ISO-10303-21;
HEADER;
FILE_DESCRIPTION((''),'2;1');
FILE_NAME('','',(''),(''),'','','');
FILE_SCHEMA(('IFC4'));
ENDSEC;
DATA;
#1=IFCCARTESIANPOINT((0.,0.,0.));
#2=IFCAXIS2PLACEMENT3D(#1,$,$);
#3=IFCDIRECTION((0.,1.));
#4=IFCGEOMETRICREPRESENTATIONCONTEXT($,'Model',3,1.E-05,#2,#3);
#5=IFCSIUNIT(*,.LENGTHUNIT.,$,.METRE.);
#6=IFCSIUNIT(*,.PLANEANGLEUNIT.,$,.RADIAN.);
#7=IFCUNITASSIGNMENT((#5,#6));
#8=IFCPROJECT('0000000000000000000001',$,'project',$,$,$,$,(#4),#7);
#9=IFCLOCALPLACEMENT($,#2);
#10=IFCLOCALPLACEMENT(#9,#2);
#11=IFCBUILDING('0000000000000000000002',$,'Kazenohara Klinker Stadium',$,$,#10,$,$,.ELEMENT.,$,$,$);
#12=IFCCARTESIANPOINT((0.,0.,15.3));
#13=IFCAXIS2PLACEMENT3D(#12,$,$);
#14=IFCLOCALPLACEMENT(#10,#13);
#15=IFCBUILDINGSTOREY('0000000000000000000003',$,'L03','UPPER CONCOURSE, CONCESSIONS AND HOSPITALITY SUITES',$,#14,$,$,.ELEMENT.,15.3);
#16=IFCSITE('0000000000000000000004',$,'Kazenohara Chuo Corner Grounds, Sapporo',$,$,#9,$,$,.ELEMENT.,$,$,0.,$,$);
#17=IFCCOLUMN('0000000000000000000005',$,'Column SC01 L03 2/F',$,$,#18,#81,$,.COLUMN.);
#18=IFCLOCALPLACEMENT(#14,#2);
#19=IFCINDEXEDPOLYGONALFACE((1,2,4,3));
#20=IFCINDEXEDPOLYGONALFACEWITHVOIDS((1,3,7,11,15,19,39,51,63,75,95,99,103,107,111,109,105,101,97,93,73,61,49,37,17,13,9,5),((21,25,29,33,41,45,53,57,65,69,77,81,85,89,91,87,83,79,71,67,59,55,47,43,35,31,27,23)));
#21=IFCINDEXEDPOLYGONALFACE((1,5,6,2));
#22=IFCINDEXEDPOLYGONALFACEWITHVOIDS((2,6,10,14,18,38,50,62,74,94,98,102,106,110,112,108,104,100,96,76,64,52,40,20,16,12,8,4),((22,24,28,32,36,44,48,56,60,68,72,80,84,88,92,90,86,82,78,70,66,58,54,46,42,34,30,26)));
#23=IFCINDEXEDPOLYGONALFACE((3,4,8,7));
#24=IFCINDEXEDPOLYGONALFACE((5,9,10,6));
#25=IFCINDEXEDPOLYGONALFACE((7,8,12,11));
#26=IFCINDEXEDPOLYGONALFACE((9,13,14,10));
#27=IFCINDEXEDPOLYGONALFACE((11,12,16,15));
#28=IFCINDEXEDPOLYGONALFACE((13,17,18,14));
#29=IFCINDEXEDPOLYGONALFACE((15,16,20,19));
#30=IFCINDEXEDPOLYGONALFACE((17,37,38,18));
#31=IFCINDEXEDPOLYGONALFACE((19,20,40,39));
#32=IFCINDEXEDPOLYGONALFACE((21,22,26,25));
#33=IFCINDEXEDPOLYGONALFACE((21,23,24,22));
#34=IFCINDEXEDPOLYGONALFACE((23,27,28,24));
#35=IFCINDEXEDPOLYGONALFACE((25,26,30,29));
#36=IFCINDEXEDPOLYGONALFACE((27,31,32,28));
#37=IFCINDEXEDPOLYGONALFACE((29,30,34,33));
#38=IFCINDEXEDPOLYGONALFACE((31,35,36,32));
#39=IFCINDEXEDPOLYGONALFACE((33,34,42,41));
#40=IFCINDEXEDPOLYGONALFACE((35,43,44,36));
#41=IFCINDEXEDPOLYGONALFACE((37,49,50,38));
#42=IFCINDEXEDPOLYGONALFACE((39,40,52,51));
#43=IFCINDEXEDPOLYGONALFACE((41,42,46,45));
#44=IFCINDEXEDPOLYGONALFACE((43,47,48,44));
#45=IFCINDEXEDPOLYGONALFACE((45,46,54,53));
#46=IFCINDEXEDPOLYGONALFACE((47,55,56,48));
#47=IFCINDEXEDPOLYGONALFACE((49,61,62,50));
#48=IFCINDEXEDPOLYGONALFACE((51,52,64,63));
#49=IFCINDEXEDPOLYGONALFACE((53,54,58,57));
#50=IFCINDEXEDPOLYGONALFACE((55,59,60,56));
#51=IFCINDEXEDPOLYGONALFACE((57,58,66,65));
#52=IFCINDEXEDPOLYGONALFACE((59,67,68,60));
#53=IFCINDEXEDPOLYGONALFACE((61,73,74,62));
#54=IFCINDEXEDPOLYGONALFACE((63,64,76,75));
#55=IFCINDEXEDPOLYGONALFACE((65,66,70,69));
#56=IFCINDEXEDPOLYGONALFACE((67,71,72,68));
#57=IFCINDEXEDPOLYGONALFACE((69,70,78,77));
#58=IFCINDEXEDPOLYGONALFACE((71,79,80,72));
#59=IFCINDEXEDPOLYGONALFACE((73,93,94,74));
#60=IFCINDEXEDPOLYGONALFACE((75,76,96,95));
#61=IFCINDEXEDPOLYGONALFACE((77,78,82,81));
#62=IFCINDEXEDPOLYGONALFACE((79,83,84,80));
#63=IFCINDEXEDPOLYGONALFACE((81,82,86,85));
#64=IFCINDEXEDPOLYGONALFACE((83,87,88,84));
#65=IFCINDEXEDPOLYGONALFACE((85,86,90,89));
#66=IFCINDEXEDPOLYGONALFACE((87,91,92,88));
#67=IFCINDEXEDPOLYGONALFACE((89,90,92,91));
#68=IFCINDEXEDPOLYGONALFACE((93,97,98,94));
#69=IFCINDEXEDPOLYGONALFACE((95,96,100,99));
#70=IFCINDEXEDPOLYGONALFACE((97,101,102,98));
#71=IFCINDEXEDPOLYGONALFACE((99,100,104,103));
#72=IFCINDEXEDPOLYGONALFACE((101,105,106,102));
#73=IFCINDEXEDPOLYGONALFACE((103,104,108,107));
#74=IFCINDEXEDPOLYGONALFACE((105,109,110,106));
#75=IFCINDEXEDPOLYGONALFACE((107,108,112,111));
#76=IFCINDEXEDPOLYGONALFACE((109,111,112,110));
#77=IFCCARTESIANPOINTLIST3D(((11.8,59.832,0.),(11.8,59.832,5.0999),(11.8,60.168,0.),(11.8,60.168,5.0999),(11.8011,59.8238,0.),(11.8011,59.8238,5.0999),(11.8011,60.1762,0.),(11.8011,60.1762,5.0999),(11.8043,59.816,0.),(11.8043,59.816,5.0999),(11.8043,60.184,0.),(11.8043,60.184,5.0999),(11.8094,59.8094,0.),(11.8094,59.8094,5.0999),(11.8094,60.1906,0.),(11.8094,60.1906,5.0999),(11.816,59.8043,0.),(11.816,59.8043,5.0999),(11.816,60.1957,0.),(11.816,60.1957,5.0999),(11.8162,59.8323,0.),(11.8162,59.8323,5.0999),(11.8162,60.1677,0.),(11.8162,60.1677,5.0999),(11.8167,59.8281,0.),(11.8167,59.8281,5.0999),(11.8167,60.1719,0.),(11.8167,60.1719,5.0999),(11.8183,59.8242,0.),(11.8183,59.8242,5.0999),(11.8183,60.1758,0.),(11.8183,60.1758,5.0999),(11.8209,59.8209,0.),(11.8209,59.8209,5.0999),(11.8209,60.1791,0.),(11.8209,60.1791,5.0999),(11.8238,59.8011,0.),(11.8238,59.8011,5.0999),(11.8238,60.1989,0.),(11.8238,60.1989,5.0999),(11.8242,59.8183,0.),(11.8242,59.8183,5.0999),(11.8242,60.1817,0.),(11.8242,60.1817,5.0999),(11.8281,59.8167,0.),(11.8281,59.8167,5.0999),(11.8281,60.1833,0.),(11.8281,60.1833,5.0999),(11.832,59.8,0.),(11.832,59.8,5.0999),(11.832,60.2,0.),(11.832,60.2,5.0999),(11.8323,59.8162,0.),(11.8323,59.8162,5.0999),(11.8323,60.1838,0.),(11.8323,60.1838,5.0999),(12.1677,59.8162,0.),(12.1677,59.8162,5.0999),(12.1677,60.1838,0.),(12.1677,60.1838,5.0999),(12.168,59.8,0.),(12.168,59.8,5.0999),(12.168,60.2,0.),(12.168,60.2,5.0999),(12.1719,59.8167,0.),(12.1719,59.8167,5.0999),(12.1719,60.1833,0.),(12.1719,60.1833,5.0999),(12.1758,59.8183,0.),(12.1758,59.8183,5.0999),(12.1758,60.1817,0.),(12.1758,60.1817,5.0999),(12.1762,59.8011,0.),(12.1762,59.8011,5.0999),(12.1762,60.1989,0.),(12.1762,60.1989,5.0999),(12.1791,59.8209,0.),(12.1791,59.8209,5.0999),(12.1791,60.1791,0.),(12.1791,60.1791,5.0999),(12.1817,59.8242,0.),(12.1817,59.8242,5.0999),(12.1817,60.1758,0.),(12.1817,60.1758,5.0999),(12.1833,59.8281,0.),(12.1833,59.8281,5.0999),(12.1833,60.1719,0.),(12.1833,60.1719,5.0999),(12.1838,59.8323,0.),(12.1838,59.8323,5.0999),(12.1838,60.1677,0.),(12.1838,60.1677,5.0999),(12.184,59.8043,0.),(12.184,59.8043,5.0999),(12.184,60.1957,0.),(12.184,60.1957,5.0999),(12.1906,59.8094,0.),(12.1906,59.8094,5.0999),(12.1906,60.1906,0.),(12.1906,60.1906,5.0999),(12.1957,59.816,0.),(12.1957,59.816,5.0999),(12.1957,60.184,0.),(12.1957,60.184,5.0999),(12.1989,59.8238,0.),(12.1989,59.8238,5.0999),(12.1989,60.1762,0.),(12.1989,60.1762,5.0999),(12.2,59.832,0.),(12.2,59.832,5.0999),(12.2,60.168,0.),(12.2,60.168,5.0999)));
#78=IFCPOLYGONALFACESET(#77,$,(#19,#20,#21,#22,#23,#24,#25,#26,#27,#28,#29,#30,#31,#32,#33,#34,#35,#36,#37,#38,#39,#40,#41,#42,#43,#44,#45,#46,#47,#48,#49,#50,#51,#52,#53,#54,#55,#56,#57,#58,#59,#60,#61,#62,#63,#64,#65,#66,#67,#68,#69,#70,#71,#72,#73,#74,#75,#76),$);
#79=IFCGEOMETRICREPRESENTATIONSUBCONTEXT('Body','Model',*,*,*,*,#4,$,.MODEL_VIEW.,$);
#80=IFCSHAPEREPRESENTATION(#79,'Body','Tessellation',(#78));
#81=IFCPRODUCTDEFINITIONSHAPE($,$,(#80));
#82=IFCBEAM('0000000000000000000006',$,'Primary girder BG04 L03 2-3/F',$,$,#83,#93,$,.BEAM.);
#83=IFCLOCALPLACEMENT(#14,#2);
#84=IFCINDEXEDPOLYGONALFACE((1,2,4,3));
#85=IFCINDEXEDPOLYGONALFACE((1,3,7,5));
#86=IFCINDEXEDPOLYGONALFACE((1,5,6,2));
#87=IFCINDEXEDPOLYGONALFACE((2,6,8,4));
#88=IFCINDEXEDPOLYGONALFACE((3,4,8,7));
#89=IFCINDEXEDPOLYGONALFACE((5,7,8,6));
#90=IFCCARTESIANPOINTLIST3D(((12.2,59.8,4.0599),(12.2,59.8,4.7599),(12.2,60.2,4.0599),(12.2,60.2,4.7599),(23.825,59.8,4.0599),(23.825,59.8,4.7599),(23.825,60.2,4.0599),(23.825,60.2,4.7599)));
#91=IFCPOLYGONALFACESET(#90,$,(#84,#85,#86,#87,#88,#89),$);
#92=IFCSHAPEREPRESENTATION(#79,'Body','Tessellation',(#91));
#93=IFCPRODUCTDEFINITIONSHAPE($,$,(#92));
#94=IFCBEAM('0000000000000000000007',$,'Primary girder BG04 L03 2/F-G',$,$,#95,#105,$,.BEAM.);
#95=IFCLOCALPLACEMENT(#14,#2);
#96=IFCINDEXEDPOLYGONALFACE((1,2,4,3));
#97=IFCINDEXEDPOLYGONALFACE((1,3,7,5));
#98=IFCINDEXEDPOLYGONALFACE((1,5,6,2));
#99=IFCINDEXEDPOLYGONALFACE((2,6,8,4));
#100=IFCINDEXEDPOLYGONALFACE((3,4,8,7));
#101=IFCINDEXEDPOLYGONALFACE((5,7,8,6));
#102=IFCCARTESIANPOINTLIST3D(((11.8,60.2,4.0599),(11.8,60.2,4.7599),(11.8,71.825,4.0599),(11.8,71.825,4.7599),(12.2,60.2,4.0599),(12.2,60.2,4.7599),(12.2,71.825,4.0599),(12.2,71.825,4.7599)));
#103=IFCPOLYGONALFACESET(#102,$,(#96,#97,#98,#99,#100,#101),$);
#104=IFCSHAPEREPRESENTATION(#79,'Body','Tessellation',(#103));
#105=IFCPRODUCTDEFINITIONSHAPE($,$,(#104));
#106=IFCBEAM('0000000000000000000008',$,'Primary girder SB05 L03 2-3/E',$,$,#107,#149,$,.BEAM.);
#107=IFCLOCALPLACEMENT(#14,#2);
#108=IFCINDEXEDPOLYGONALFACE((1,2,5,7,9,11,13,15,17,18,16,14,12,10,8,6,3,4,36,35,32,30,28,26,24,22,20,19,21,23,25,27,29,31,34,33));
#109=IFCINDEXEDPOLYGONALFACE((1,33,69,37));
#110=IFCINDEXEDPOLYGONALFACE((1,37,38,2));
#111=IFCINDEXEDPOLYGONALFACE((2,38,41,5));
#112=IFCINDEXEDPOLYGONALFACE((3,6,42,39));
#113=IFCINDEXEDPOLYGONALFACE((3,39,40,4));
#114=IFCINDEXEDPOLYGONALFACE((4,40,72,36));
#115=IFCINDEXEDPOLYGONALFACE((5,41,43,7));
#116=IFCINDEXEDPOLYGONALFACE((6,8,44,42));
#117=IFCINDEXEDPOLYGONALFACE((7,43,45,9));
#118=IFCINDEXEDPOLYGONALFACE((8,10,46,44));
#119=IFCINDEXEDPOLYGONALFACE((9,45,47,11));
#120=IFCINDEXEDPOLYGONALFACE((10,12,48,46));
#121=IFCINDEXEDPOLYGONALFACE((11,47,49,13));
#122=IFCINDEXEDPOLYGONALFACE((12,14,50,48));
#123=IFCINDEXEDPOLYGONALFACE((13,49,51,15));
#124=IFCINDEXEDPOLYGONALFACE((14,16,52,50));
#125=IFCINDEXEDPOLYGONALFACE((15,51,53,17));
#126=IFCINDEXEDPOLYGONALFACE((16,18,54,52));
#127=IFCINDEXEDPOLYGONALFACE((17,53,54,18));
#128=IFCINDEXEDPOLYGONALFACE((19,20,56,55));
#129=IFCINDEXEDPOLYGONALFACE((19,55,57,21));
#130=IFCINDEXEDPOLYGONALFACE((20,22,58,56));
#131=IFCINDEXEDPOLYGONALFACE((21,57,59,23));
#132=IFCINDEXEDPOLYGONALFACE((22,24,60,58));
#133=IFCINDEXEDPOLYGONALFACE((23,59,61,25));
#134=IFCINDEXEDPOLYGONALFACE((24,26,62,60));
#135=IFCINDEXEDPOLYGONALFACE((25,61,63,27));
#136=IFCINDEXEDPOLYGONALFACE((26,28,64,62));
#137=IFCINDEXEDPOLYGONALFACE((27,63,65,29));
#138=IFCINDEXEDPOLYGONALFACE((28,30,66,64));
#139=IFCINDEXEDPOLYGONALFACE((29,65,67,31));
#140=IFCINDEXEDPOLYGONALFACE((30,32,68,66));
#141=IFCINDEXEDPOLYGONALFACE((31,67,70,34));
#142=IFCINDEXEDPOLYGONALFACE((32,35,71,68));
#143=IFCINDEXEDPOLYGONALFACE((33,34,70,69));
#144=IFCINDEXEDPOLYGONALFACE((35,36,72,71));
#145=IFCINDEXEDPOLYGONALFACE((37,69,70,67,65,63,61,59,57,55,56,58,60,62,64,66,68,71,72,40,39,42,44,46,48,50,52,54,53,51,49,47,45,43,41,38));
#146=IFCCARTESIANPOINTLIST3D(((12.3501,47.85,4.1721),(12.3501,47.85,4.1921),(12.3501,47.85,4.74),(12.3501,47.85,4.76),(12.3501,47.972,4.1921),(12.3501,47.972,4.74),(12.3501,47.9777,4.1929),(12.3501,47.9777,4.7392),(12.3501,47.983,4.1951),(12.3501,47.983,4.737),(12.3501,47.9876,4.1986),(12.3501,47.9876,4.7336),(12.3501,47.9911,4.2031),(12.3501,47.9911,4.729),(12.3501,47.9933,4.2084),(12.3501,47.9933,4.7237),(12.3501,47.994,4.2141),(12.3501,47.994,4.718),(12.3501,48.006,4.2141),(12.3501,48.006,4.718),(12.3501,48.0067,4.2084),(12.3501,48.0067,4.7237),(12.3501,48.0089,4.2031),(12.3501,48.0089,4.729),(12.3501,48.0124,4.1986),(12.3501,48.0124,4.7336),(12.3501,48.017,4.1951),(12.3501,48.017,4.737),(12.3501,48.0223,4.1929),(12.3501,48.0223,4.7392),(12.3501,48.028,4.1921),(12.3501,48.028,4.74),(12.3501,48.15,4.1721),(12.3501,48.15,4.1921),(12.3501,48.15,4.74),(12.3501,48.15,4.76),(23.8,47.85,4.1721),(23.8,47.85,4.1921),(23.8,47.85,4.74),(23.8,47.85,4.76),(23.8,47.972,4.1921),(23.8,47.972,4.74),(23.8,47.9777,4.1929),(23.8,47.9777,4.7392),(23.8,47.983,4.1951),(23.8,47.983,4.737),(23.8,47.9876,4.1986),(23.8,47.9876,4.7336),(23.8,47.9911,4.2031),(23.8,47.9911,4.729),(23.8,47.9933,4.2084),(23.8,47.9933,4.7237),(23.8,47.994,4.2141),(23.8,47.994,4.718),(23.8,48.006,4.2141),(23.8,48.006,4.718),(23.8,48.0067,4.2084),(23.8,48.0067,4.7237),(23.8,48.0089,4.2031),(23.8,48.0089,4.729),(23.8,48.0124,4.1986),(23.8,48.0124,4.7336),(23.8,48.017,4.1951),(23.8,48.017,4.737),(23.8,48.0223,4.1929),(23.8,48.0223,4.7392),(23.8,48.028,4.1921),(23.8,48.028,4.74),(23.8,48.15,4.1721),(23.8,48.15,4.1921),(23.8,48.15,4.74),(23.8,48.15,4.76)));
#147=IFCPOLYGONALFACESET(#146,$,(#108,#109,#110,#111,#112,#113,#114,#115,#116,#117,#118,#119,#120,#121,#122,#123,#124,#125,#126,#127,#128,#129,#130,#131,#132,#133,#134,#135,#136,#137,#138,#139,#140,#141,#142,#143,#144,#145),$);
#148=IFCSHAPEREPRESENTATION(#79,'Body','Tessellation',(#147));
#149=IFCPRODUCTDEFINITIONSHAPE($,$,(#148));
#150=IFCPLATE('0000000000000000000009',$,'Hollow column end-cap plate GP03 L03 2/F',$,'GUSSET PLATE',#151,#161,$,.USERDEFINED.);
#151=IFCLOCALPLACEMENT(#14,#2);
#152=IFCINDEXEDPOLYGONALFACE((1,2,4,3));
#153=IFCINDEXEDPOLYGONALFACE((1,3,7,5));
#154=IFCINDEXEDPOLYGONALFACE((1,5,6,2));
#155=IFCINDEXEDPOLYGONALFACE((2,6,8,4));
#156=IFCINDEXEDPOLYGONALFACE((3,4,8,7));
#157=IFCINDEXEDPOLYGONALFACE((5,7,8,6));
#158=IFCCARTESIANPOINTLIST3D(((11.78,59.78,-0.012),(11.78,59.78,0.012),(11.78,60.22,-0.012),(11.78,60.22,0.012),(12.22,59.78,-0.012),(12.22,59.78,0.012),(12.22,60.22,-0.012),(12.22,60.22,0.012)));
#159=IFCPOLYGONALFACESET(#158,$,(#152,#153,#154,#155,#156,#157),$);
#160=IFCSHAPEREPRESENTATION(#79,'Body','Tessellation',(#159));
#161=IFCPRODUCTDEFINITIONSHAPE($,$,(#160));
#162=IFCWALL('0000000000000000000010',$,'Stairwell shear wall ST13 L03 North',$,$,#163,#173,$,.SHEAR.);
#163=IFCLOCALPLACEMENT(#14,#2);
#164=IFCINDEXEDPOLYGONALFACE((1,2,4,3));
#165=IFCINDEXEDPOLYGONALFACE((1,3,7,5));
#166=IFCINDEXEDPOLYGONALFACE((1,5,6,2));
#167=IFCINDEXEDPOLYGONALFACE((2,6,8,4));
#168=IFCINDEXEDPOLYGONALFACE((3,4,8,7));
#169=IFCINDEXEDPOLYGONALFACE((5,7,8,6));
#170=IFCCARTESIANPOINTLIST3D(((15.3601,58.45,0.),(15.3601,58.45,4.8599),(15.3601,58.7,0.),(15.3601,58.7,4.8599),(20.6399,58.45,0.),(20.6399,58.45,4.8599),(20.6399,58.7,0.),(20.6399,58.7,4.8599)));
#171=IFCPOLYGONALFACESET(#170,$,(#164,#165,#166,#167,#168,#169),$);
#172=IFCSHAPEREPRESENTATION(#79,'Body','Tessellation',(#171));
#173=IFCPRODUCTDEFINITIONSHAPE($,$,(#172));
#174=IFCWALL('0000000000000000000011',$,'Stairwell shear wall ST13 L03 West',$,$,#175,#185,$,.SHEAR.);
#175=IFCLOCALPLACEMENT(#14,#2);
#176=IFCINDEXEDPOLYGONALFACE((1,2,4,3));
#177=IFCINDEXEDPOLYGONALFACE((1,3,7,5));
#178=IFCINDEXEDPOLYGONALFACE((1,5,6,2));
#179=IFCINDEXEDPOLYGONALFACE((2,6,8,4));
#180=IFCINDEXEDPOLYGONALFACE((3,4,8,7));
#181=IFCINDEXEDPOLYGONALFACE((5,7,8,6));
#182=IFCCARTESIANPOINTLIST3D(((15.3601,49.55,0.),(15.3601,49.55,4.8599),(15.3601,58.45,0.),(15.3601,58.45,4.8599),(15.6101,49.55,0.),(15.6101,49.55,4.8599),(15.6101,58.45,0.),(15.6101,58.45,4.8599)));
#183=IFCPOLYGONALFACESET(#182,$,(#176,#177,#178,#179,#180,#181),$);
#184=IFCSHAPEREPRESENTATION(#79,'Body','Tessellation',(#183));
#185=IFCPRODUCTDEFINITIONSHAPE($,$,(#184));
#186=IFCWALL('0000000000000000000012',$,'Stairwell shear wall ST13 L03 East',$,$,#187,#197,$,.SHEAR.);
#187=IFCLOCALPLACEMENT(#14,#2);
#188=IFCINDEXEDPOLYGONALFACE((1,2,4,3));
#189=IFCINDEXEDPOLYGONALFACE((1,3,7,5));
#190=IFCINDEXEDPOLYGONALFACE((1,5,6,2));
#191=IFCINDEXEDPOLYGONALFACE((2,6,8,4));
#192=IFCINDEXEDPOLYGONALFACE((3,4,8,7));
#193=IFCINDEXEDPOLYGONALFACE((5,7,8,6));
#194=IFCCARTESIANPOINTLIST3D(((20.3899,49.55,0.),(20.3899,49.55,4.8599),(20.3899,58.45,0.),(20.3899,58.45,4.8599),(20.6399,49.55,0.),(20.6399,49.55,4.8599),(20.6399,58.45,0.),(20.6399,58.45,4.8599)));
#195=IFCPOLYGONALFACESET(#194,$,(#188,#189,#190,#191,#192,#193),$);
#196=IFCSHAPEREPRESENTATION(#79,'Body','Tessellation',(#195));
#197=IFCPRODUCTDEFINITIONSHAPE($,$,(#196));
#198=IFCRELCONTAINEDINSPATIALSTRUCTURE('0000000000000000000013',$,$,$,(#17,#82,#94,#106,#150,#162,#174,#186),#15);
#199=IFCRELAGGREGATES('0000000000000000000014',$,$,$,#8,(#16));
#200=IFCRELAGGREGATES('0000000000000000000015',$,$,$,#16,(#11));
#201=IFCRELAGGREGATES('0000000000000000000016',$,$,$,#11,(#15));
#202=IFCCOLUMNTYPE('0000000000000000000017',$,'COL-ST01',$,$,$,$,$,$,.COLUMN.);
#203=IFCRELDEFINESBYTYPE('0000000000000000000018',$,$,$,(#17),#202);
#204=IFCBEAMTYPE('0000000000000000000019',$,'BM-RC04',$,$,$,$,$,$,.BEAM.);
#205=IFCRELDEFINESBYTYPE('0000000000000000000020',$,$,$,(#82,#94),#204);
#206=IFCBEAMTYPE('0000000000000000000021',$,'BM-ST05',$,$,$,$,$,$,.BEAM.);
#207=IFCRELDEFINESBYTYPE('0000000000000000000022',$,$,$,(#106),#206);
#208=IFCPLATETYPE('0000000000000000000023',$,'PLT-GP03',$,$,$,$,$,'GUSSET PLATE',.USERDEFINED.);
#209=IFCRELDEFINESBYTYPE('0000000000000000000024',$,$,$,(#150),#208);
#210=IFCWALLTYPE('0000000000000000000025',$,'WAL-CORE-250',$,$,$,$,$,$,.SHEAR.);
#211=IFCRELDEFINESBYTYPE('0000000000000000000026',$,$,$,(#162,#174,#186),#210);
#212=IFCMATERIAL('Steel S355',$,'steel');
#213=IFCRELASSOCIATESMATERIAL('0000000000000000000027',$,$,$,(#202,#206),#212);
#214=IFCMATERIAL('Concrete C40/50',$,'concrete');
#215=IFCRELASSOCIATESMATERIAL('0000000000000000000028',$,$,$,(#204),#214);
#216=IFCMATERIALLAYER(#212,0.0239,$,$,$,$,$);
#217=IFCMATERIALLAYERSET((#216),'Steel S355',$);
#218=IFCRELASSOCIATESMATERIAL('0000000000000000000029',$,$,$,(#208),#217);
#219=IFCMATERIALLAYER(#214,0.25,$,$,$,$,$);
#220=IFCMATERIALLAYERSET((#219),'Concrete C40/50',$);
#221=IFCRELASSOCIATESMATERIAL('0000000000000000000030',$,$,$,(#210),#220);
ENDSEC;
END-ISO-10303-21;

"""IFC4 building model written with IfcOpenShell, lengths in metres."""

from ifc_helpers import new_model, si_unit, direction, frame, frame_2d, origin, origin_2d, place, context, subcontext, project, spatial, rectangle, hollow_rectangle, i_section, extrude, material, layer, layer_set, material_profile, profile_set, type_object, element, save


model = new_model("IFC4")

# Units and contexts
model_context = context("Model", 3, precision=1e-05, world=origin(), true_north=direction((0.0, 1.0)))
body_context = subcontext(model_context, "Body", "Model", "MODEL_VIEW")
ifc_project = project(units=[si_unit("LENGTHUNIT", "METRE"), si_unit("PLANEANGLEUNIT", "RADIAN")], contexts=[model_context])

# Site, building, storey
site_placement = place(None, origin())
site = spatial("IfcSite", under=ifc_project, at=site_placement, Name="Kazenohara Chuo Corner Grounds, Sapporo", CompositionType="ELEMENT", RefElevation=0.0)
building_placement = place(site_placement, origin())
building = spatial("IfcBuilding", under=site, at=building_placement, Name="Kazenohara Klinker Stadium", CompositionType="ELEMENT")
storey_placement = place(building_placement, frame((0.0, 0.0, 15.3)))
storey = spatial("IfcBuildingStorey", under=building, at=storey_placement, Name="L03", Description="UPPER CONCOURSE, CONCESSIONS AND HOSPITALITY SUITES", CompositionType="ELEMENT", Elevation=15.3)

# Column
ifc_material_1 = material(Name="Steel S355", Category="steel")
ifc_material_profile_1 = material_profile(ifc_material_1, hollow_rectangle(XDim=0.3999, YDim=0.3999, WallThickness=0.0161, InnerFilletRadius=0.0161, OuterFilletRadius=0.032, at=origin_2d()), Name="SHS-400x400x16")
ifc_profile_set_1 = profile_set([ifc_material_profile_1], Name="Steel S355")
column_type = type_object("IfcColumnType", Name="COL-ST01", PredefinedType="COLUMN", material=ifc_profile_set_1)
column_placement = place(storey_placement, frame((12.0, 60.0, 0.0), z_axis=(0.0, 0.0, 1.0), x_axis=(1.0, 0.0, 0.0)))
element("IfcColumn", 1, at=column_placement, inside=storey, type_object=column_type, Name="Column SC01 L03 2/F", PredefinedType="COLUMN", context=body_context, shape_type="SweptSolid", body=[
    extrude(hollow_rectangle(XDim=0.3999, YDim=0.3999, WallThickness=0.0161, InnerFilletRadius=0.0161, OuterFilletRadius=0.032, at=origin_2d()), origin(), (0.0, 0.0, 1.0), 5.0999),
])

# Beams
ifc_material_2 = material(Name="Concrete C40/50", Category="concrete")
ifc_material_profile_2 = material_profile(ifc_material_2, rectangle(XDim=0.3999, YDim=0.7, at=origin_2d()), Name="RC-BM-400x700")
ifc_profile_set_2 = profile_set([ifc_material_profile_2], Name="Concrete C40/50")
beam_type_1 = type_object("IfcBeamType", Name="BM-RC04", PredefinedType="BEAM", material=ifc_profile_set_2)
for number, where, z_axis, x_axis, name in (
    (2, (12.2, 60.0, 4.4099), (1.0, 0.0, 0.0), (0.0, 1.0, 0.0), "Primary girder BG04 L03 2-3/F"),
    (3, (12.0, 60.2, 4.4099), (0.0, 1.0, 0.0), (-1.0, 0.0, 0.0), "Primary girder BG04 L03 2/F-G"),
):
    element("IfcBeam", number, at=place(storey_placement, frame(where, z_axis=z_axis, x_axis=x_axis)), inside=storey, type_object=beam_type_1, Name=name, PredefinedType="BEAM", context=body_context, shape_type="SweptSolid", body=[
        extrude(rectangle(XDim=0.3999, YDim=0.7, at=origin_2d()), origin(), (0.0, 0.0, 1.0), 11.625),
    ])
ifc_material_profile_3 = material_profile(ifc_material_1, i_section(OverallWidth=0.3, OverallDepth=0.5879, WebThickness=0.012, FlangeThickness=0.02, FilletRadius=0.022, at=origin_2d()), Name="H-588x300x12x20")
ifc_profile_set_3 = profile_set([ifc_material_profile_3], Name="Steel S355")
beam_type_2 = type_object("IfcBeamType", Name="BM-ST05", PredefinedType="BEAM", material=ifc_profile_set_3)
beam_placement = place(storey_placement, frame((12.3501, 48.0, 4.4661), z_axis=(1.0, 0.0, 0.0), x_axis=(0.0, 1.0, 0.0)))
element("IfcBeam", 4, at=beam_placement, inside=storey, type_object=beam_type_2, Name="Primary girder SB05 L03 2-3/E", PredefinedType="BEAM", context=body_context, shape_type="SweptSolid", body=[
    extrude(i_section(OverallWidth=0.3, OverallDepth=0.5879, WebThickness=0.012, FlangeThickness=0.02, FilletRadius=0.022, at=origin_2d()), origin(), (0.0, 0.0, 1.0), 11.45),
])

# Plate
ifc_layer_1 = layer(ifc_material_1, 0.0239)
ifc_layer_set_1 = layer_set([ifc_layer_1], Name="Steel S355")
plate_type = type_object("IfcPlateType", Name="PLT-GP03", ElementType="GUSSET PLATE", PredefinedType="USERDEFINED", material=ifc_layer_set_1)
plate_placement = place(storey_placement, frame((12.0, 60.0, -0.012), z_axis=(0.0, 0.0, 1.0), x_axis=(1.0, 0.0, 0.0)))
element("IfcPlate", 5, at=plate_placement, inside=storey, type_object=plate_type, Name="Hollow column end-cap plate GP03 L03 2/F", ObjectType="GUSSET PLATE", PredefinedType="USERDEFINED", context=body_context, shape_type="SweptSolid", body=[
    extrude(rectangle(XDim=0.4399, YDim=0.4399, at=origin_2d()), origin(), (0.0, 0.0, 1.0), 0.0239),
])

# Shared definitions
ifc_layer_2 = layer(ifc_material_2, 0.25)
ifc_layer_set_2 = layer_set([ifc_layer_2], Name="Concrete C40/50")
wall_type = type_object("IfcWallType", Name="WAL-CORE-250", PredefinedType="SHEAR", material=ifc_layer_set_2)

# Walls
wall_1_placement = place(storey_placement, frame((15.3601, 58.575, 0.0), z_axis=(0.0, 0.0, 1.0), x_axis=(1.0, 0.0, 0.0)))
element("IfcWall", 6, at=wall_1_placement, inside=storey, type_object=wall_type, Name="Stairwell shear wall ST13 L03 North", PredefinedType="SHEAR", context=body_context, shape_type="SweptSolid", body=[
    extrude(rectangle(XDim=5.2798, YDim=0.25, at=frame_2d((2.6399, 0.0))), origin(), (0.0, 0.0, 1.0), 4.8599),
])
for number, where, z_axis, x_axis, name in (
    (7, (15.4851, 49.55, 0.0), (0.0, 0.0, 1.0), (0.0, 1.0, 0.0), "Stairwell shear wall ST13 L03 West"),
    (8, (20.5149, 49.55, 0.0), (0.0, 0.0, 1.0), (0.0, 1.0, 0.0), "Stairwell shear wall ST13 L03 East"),
):
    element("IfcWall", number, at=place(storey_placement, frame(where, z_axis=z_axis, x_axis=x_axis)), inside=storey, type_object=wall_type, Name=name, PredefinedType="SHEAR", context=body_context, shape_type="SweptSolid", body=[
        extrude(rectangle(XDim=8.8999, YDim=0.25, at=frame_2d((4.45, 0.0))), origin(), (0.0, 0.0, 1.0), 4.8599),
    ])

save(model, "model.ifc")
